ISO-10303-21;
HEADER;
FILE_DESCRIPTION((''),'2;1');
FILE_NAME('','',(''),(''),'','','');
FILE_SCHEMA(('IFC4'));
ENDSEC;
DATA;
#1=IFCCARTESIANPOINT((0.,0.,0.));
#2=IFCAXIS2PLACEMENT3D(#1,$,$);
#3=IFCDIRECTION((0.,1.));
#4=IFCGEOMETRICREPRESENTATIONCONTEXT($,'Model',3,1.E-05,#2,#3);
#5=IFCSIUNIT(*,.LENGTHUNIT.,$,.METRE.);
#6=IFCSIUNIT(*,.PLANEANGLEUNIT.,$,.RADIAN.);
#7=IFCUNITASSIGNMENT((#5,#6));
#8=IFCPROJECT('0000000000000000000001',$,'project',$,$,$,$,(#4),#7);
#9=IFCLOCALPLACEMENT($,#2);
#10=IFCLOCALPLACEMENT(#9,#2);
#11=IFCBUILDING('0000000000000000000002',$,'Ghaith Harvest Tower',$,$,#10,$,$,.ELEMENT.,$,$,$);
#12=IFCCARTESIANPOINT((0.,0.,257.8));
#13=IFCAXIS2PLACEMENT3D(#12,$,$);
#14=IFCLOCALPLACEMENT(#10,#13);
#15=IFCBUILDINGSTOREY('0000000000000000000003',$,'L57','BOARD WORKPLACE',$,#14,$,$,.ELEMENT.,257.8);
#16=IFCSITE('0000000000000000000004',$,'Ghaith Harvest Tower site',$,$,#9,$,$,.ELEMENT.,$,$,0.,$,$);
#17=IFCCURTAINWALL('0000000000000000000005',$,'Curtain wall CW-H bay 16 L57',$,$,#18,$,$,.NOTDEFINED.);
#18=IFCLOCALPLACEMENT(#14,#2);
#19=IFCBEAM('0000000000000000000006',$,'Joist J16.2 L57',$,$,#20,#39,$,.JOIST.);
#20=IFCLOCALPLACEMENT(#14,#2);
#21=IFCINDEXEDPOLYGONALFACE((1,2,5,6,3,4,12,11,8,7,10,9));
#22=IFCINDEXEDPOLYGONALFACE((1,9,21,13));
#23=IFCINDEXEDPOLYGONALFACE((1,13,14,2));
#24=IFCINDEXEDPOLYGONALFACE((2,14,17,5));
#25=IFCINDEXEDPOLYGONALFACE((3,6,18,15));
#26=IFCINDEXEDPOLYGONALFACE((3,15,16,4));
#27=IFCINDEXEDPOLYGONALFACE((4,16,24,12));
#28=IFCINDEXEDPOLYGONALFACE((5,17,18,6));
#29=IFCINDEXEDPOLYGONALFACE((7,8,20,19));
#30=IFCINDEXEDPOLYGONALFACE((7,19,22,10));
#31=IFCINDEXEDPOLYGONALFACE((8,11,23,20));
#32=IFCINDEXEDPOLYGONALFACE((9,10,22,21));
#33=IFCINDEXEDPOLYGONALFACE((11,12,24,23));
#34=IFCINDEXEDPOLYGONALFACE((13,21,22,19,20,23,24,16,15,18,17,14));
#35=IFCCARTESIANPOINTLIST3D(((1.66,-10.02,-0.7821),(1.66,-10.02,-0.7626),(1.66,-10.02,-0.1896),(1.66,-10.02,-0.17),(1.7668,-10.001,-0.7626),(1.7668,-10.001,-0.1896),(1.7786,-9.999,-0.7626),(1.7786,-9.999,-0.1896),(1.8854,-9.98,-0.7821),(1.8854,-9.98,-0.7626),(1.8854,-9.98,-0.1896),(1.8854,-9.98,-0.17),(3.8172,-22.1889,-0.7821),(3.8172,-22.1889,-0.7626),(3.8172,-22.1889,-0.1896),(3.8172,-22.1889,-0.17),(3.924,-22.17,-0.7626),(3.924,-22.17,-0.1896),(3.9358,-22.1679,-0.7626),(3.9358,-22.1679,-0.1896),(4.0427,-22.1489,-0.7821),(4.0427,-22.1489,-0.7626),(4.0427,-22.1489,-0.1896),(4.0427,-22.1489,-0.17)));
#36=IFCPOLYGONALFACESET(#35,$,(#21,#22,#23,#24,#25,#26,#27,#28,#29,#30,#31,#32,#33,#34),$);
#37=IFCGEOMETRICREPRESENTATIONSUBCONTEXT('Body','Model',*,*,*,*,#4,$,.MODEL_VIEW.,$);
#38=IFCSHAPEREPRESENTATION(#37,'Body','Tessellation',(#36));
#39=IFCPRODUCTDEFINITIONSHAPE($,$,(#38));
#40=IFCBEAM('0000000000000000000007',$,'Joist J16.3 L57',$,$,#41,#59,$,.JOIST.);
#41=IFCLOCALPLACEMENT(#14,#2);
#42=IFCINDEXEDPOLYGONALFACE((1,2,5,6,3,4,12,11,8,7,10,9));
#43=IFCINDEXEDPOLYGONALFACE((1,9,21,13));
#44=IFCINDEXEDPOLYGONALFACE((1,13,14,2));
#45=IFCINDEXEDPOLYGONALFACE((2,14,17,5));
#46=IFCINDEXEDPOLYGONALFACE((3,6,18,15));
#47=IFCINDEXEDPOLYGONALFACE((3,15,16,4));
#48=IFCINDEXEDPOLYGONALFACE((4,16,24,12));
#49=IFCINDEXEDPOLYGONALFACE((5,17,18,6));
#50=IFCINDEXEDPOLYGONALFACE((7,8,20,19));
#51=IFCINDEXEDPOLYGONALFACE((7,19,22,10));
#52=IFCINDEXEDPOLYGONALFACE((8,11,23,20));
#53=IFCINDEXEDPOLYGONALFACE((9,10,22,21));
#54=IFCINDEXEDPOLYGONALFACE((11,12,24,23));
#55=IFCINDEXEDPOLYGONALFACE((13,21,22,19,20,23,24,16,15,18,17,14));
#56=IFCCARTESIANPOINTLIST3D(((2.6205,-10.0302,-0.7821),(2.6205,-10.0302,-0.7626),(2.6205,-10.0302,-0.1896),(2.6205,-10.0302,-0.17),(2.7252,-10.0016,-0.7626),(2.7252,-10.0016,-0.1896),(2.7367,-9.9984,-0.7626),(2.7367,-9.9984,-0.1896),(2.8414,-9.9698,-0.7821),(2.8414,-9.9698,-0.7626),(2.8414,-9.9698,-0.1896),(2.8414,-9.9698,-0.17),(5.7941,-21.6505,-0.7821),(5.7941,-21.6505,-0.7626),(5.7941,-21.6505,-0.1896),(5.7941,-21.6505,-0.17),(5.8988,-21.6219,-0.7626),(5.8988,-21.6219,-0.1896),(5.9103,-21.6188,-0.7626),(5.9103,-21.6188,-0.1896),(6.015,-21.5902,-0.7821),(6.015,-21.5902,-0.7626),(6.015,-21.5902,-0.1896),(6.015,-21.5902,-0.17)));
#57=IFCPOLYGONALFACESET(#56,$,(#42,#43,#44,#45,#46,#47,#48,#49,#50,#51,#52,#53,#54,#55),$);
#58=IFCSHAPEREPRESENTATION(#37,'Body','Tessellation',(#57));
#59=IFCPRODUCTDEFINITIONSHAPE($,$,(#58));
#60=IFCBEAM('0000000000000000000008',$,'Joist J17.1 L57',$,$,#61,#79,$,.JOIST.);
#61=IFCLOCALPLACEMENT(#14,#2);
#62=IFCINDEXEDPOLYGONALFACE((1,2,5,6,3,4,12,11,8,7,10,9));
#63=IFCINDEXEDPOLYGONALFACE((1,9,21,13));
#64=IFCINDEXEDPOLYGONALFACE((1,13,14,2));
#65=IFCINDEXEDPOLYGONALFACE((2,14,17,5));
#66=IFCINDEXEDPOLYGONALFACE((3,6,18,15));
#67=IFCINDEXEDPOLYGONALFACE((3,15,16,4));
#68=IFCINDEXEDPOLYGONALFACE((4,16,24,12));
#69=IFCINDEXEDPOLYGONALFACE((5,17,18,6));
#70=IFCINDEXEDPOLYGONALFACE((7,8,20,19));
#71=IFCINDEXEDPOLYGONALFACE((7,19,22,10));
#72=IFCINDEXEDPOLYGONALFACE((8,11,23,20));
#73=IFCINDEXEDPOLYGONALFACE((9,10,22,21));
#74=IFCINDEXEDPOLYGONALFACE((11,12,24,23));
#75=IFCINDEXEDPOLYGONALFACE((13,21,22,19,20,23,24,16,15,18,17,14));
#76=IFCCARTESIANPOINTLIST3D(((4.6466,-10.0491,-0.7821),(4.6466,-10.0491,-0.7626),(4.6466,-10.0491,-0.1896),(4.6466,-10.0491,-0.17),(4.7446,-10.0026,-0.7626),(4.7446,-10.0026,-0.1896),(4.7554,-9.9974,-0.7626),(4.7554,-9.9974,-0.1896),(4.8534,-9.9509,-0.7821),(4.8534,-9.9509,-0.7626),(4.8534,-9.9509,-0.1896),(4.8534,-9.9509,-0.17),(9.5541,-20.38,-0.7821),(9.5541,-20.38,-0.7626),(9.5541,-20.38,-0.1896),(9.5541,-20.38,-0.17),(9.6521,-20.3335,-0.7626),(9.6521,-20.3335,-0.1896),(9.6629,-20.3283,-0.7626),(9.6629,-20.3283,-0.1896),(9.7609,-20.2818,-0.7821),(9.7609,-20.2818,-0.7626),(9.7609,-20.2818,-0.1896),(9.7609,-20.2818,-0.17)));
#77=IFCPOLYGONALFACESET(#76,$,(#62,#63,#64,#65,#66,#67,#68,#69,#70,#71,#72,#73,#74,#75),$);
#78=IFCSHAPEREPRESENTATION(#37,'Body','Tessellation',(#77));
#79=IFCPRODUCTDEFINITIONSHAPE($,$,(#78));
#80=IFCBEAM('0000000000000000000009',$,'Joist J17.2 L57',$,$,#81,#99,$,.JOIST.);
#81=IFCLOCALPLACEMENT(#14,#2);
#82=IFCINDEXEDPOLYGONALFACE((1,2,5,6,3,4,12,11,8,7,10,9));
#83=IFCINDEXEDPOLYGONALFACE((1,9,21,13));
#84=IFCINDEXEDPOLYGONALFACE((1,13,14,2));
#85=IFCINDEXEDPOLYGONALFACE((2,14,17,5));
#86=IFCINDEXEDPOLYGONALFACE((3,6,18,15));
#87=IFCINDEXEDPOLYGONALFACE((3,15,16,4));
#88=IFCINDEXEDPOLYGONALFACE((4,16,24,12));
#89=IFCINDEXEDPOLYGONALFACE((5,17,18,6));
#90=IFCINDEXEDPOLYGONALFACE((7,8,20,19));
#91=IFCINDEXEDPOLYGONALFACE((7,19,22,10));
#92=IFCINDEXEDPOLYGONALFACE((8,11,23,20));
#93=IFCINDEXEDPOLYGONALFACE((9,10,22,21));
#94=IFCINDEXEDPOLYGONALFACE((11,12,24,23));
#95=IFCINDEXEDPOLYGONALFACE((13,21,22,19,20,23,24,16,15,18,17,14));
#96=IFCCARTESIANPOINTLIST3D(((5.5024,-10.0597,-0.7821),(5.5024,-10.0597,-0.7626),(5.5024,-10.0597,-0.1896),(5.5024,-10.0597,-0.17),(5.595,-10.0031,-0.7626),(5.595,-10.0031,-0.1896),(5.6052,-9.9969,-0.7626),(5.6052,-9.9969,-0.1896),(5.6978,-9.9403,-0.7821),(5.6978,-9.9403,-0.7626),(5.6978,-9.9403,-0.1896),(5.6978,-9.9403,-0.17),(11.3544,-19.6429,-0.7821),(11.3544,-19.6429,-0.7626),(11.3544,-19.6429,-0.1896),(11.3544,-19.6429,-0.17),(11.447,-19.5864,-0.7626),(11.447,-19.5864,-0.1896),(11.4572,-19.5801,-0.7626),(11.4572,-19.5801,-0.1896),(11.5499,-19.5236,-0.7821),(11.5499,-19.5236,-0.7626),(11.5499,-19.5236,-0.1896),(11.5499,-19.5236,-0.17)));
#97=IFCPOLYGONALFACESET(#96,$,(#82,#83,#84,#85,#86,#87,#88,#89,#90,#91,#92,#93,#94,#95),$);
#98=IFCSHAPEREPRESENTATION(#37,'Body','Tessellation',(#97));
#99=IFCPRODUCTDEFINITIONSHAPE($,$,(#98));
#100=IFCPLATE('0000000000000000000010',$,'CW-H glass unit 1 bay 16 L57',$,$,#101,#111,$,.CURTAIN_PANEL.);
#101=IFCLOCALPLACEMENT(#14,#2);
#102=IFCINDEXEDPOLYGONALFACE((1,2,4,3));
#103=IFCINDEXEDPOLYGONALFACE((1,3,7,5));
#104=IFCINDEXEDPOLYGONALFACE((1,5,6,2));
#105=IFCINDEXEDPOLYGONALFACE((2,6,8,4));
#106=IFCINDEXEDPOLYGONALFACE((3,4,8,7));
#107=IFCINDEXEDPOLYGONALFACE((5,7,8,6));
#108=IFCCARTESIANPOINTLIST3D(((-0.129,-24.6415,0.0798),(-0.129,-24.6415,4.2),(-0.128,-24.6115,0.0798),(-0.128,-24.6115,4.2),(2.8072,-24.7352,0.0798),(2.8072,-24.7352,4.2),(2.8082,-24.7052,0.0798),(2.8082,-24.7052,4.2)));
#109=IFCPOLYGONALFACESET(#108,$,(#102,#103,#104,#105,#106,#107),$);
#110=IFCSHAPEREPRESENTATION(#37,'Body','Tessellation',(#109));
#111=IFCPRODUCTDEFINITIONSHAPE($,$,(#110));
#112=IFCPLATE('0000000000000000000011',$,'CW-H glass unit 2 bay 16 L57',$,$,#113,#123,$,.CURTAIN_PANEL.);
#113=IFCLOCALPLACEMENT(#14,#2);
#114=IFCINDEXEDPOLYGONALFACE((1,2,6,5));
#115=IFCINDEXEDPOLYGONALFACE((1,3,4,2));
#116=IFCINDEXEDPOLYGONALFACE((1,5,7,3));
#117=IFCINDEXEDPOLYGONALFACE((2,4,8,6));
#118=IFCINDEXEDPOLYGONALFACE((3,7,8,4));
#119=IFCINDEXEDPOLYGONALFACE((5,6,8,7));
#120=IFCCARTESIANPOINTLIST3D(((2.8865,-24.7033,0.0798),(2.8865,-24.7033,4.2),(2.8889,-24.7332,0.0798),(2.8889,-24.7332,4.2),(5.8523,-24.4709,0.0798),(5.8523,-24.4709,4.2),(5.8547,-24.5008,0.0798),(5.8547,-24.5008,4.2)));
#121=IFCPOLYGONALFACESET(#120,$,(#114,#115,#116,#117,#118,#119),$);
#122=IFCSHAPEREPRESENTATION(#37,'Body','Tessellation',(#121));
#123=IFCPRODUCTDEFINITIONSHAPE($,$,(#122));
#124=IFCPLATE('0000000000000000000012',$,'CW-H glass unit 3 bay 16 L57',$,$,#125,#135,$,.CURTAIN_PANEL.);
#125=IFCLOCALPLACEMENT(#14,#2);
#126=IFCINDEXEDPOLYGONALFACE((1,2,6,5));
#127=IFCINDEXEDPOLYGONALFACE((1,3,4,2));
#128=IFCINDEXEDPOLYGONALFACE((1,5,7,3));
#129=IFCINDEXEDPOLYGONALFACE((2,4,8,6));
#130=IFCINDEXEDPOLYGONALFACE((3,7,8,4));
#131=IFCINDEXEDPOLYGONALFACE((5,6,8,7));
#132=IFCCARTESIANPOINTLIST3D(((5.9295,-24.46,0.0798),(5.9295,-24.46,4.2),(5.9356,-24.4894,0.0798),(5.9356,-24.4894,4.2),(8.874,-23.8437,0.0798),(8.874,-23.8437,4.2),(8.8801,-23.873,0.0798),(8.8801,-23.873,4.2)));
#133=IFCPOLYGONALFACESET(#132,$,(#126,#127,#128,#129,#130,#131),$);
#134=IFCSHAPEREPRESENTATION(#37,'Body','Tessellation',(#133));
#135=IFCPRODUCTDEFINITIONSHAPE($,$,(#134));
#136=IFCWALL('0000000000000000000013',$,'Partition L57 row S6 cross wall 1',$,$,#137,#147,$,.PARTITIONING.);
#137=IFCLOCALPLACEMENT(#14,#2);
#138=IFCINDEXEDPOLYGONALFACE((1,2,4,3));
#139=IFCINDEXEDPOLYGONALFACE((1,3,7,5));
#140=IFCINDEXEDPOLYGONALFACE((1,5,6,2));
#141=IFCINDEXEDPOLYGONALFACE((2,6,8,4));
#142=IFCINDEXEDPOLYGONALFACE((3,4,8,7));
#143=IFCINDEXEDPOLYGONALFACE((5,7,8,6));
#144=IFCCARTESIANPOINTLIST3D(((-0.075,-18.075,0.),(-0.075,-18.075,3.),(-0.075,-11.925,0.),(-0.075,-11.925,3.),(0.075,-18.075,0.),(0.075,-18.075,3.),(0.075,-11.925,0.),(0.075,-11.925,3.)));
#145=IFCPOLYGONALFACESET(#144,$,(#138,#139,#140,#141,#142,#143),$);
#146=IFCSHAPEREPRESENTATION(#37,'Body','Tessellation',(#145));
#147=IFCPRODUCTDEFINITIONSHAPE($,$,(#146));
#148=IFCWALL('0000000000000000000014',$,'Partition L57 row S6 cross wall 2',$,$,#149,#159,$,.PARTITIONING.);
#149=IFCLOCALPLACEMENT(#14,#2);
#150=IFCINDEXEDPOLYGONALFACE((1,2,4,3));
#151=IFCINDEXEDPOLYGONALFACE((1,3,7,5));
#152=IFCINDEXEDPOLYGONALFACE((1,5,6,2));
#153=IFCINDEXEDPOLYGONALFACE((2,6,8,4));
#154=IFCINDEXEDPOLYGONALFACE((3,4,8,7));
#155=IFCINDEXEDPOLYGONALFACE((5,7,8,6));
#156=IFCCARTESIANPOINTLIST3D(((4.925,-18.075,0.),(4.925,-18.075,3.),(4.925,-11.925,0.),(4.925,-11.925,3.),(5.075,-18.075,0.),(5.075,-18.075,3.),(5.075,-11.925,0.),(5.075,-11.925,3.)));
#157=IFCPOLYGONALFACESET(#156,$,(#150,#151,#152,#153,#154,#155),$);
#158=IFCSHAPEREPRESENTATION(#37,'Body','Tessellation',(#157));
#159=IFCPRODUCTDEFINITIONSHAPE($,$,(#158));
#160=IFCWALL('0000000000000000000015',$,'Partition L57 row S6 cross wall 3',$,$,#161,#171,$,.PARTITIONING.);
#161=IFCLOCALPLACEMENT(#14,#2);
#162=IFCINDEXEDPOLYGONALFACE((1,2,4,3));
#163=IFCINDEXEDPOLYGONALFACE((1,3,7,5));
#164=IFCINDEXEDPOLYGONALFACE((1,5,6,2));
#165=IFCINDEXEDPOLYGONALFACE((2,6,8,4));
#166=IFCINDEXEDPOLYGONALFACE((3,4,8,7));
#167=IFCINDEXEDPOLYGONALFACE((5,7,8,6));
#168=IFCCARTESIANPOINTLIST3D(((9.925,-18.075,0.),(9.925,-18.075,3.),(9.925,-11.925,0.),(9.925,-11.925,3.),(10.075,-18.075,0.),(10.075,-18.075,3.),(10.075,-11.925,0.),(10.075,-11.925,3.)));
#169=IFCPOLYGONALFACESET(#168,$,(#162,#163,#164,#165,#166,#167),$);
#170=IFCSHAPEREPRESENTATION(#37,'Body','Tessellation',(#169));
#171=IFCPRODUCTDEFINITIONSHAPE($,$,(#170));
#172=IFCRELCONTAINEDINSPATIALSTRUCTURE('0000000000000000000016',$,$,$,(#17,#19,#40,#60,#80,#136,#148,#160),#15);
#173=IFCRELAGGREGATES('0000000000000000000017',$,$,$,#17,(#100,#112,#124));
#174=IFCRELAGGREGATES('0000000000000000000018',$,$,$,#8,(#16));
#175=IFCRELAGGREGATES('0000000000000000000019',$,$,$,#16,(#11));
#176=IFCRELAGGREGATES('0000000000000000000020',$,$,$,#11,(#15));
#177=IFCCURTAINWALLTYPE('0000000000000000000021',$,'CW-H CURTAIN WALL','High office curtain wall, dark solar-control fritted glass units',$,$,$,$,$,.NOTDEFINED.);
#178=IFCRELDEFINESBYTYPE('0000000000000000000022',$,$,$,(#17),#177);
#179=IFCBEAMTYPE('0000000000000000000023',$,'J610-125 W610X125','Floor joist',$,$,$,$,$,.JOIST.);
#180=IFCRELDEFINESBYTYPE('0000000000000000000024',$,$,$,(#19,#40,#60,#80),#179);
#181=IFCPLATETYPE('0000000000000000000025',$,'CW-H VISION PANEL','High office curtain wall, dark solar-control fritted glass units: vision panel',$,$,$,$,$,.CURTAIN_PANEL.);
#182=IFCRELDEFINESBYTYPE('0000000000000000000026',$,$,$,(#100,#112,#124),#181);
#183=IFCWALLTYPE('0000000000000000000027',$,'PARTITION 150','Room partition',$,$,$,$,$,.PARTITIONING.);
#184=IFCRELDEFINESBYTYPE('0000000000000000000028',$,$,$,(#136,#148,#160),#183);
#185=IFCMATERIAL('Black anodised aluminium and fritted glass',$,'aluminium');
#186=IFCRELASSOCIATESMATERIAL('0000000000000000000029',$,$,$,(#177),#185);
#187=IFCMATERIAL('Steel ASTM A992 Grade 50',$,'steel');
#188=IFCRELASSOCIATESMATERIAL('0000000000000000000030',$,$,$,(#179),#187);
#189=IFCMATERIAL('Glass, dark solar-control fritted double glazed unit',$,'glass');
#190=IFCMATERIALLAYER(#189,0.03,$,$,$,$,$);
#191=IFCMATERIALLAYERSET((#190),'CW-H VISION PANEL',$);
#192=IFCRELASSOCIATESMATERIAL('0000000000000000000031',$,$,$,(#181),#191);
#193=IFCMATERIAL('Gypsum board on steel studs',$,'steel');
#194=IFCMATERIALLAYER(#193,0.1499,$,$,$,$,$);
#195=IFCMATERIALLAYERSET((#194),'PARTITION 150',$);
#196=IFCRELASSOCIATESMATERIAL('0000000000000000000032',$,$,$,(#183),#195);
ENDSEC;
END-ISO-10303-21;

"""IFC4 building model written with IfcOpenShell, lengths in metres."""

from ifc_helpers import new_model, si_unit, direction, frame, frame_2d, origin, origin_2d, place, context, subcontext, project, spatial, rectangle, i_section, extrude, material, layer, layer_set, material_profile, profile_set, type_object, element, aggregate, save


model = new_model("IFC4")

# Units and contexts
model_context = context("Model", 3, precision=1e-05, world=origin(), true_north=direction((0.0, 1.0)))
body_context = subcontext(model_context, "Body", "Model", "MODEL_VIEW")
ifc_project = project(units=[si_unit("LENGTHUNIT", "METRE"), si_unit("PLANEANGLEUNIT", "RADIAN")], contexts=[model_context])

# Site, building, storey
site_placement = place(None, origin())
site = spatial("IfcSite", under=ifc_project, at=site_placement, Name="Ghaith Harvest Tower site", CompositionType="ELEMENT", RefElevation=0.0)
building_placement = place(site_placement, origin())
building = spatial("IfcBuilding", under=site, at=building_placement, Name="Ghaith Harvest Tower", CompositionType="ELEMENT")
storey_placement = place(building_placement, frame((0.0, 0.0, 257.8)))
storey = spatial("IfcBuildingStorey", under=building, at=storey_placement, Name="L57", Description="BOARD WORKPLACE", CompositionType="ELEMENT", Elevation=257.8)

# Curtain wall
ifc_material_1 = material(Name="Black anodised aluminium and fritted glass", Category="aluminium")
curtain_wall_type = type_object("IfcCurtainWallType", Name="CW-H CURTAIN WALL", Description="High office curtain wall, dark solar-control fritted glass units", PredefinedType="NOTDEFINED", material=ifc_material_1)
curtain_wall_1_placement = place(storey_placement, origin())
curtain_wall_1 = element("IfcCurtainWall", 1, at=curtain_wall_1_placement, inside=storey, type_object=curtain_wall_type, Name="Curtain wall CW-H bay 16 L57", PredefinedType="NOTDEFINED")

# Beams
ifc_material_2 = material(Name="Steel ASTM A992 Grade 50", Category="steel")
ifc_material_profile_1 = material_profile(ifc_material_2, i_section(OverallWidth=0.229, OverallDepth=0.6121, WebThickness=0.012, FlangeThickness=0.0195, at=origin_2d()), Name="W610X125")
ifc_profile_set_1 = profile_set([ifc_material_profile_1], Name="Steel ASTM A992 Grade 50")
beam_type_1 = type_object("IfcBeamType", Name="J610-125 W610X125", Description="Floor joist", PredefinedType="JOIST", material=ifc_profile_set_1)
beam_1_placement = place(storey_placement, frame((1.7727, -10.0, -0.4761), z_axis=(0.174552, -0.984648, 0.0), x_axis=(0.984648, 0.174552, 0.0)))
element("IfcBeam", 2, at=beam_1_placement, inside=storey, type_object=beam_type_1, Name="Joist J16.2 L57", PredefinedType="JOIST", context=body_context, shape_type="SweptSolid", body=[
    extrude(i_section(OverallWidth=0.229, OverallDepth=0.6121, WebThickness=0.012, FlangeThickness=0.0195, at=origin_2d()), origin(), (0.0, 0.0, 1.0), 12.3586),
])
beam_2_placement = place(storey_placement, frame((2.731, -10.0, -0.4761), z_axis=(0.263457, -0.964671, 0.0), x_axis=(0.964671, 0.263457, 0.0)))
element("IfcBeam", 3, at=beam_2_placement, inside=storey, type_object=beam_type_1, Name="Joist J16.3 L57", PredefinedType="JOIST", context=body_context, shape_type="SweptSolid", body=[
    extrude(i_section(OverallWidth=0.229, OverallDepth=0.6121, WebThickness=0.012, FlangeThickness=0.0195, at=origin_2d()), origin(), (0.0, 0.0, 1.0), 12.0459),
])
beam_3_placement = place(storey_placement, frame((4.75, -10.0, -0.4761), z_axis=(0.429081, -0.903266, 0.0), x_axis=(0.903266, 0.429081, 0.0)))
element("IfcBeam", 4, at=beam_3_placement, inside=storey, type_object=beam_type_1, Name="Joist J17.1 L57", PredefinedType="JOIST", context=body_context, shape_type="SweptSolid", body=[
    extrude(i_section(OverallWidth=0.229, OverallDepth=0.6121, WebThickness=0.012, FlangeThickness=0.0195, at=origin_2d()), origin(), (0.0, 0.0, 1.0), 11.4373),
])
beam_4_placement = place(storey_placement, frame((5.6001, -10.0, -0.4761), z_axis=(0.521166, -0.853455, 0.0), x_axis=(0.853455, 0.521166, 0.0)))
element("IfcBeam", 5, at=beam_4_placement, inside=storey, type_object=beam_type_1, Name="Joist J17.2 L57", PredefinedType="JOIST", context=body_context, shape_type="SweptSolid", body=[
    extrude(i_section(OverallWidth=0.229, OverallDepth=0.6121, WebThickness=0.012, FlangeThickness=0.0195, at=origin_2d()), origin(), (0.0, 0.0, 1.0), 11.2288),
])

# Plates
ifc_material_3 = material(Name="Glass, dark solar-control fritted double glazed unit", Category="glass")
ifc_layer_1 = layer(ifc_material_3, 0.03)
ifc_layer_set_1 = layer_set([ifc_layer_1], Name="CW-H VISION PANEL")
plate_type = type_object("IfcPlateType", Name="CW-H VISION PANEL", Description="High office curtain wall, dark solar-control fritted glass units: vision panel", PredefinedType="CURTAIN_PANEL", material=ifc_layer_set_1)
plate_1_placement = place(storey_placement, frame((1.3396, -24.6733, 0.0798), z_axis=(0.0, 0.0, 1.0), x_axis=(0.999491, -0.031894, 0.0)))
plate_1 = element("IfcPlate", 6, at=plate_1_placement, type_object=plate_type, Name="CW-H glass unit 1 bay 16 L57", PredefinedType="CURTAIN_PANEL", context=body_context, shape_type="SweptSolid", body=[
    extrude(rectangle(XDim=2.9377, YDim=0.03, at=origin_2d()), origin(), (0.0, 0.0, 1.0), 4.1201),
])
plate_2_placement = place(storey_placement, frame((4.3706, -24.6021, 0.0798), z_axis=(0.0, 0.0, 1.0), x_axis=(0.996945, 0.078101, 0.0)))
plate_2 = element("IfcPlate", 7, at=plate_2_placement, type_object=plate_type, Name="CW-H glass unit 2 bay 16 L57", PredefinedType="CURTAIN_PANEL", context=body_context, shape_type="SweptSolid", body=[
    extrude(rectangle(XDim=2.9749, YDim=0.03, at=origin_2d()), origin(), (0.0, 0.0, 1.0), 4.1201),
])
plate_3_placement = place(storey_placement, frame((7.4048, -24.1665, 0.0798), z_axis=(0.0, 0.0, 1.0), x_axis=(0.978789, 0.204872, 0.0)))
plate_3 = element("IfcPlate", 8, at=plate_3_placement, type_object=plate_type, Name="CW-H glass unit 3 bay 16 L57", PredefinedType="CURTAIN_PANEL", context=body_context, shape_type="SweptSolid", body=[
    extrude(rectangle(XDim=3.0083, YDim=0.03, at=origin_2d()), origin(), (0.0, 0.0, 1.0), 4.1201),
])
aggregate(curtain_wall_1, [plate_1, plate_2, plate_3])

# Walls
ifc_material_4 = material(Name="Gypsum board on steel studs", Category="steel")
ifc_layer_2 = layer(ifc_material_4, 0.1499)
ifc_layer_set_2 = layer_set([ifc_layer_2], Name="PARTITION 150")
wall_type = type_object("IfcWallType", Name="PARTITION 150", Description="Room partition", PredefinedType="PARTITIONING", material=ifc_layer_set_2)
for number, where, z_axis, x_axis, name in (
    (9, (0.0, -11.925, 0.0), (0.0, 0.0, 1.0), (0.0, -1.0, 0.0), "Partition L57 row S6 cross wall 1"),
    (10, (5.0, -11.925, 0.0), (0.0, 0.0, 1.0), (0.0, -1.0, 0.0), "Partition L57 row S6 cross wall 2"),
    (11, (10.0, -11.925, 0.0), (0.0, 0.0, 1.0), (0.0, -1.0, 0.0), "Partition L57 row S6 cross wall 3"),
):
    element("IfcWall", number, at=place(storey_placement, frame(where, z_axis=z_axis, x_axis=x_axis)), inside=storey, type_object=wall_type, Name=name, PredefinedType="PARTITIONING", context=body_context, shape_type="SweptSolid", body=[
        extrude(rectangle(XDim=6.1499, YDim=0.1499, at=frame_2d((3.075, 0.0))), origin(), (0.0, 0.0, 1.0), 3.0),
    ])

save(model, "model.ifc")
